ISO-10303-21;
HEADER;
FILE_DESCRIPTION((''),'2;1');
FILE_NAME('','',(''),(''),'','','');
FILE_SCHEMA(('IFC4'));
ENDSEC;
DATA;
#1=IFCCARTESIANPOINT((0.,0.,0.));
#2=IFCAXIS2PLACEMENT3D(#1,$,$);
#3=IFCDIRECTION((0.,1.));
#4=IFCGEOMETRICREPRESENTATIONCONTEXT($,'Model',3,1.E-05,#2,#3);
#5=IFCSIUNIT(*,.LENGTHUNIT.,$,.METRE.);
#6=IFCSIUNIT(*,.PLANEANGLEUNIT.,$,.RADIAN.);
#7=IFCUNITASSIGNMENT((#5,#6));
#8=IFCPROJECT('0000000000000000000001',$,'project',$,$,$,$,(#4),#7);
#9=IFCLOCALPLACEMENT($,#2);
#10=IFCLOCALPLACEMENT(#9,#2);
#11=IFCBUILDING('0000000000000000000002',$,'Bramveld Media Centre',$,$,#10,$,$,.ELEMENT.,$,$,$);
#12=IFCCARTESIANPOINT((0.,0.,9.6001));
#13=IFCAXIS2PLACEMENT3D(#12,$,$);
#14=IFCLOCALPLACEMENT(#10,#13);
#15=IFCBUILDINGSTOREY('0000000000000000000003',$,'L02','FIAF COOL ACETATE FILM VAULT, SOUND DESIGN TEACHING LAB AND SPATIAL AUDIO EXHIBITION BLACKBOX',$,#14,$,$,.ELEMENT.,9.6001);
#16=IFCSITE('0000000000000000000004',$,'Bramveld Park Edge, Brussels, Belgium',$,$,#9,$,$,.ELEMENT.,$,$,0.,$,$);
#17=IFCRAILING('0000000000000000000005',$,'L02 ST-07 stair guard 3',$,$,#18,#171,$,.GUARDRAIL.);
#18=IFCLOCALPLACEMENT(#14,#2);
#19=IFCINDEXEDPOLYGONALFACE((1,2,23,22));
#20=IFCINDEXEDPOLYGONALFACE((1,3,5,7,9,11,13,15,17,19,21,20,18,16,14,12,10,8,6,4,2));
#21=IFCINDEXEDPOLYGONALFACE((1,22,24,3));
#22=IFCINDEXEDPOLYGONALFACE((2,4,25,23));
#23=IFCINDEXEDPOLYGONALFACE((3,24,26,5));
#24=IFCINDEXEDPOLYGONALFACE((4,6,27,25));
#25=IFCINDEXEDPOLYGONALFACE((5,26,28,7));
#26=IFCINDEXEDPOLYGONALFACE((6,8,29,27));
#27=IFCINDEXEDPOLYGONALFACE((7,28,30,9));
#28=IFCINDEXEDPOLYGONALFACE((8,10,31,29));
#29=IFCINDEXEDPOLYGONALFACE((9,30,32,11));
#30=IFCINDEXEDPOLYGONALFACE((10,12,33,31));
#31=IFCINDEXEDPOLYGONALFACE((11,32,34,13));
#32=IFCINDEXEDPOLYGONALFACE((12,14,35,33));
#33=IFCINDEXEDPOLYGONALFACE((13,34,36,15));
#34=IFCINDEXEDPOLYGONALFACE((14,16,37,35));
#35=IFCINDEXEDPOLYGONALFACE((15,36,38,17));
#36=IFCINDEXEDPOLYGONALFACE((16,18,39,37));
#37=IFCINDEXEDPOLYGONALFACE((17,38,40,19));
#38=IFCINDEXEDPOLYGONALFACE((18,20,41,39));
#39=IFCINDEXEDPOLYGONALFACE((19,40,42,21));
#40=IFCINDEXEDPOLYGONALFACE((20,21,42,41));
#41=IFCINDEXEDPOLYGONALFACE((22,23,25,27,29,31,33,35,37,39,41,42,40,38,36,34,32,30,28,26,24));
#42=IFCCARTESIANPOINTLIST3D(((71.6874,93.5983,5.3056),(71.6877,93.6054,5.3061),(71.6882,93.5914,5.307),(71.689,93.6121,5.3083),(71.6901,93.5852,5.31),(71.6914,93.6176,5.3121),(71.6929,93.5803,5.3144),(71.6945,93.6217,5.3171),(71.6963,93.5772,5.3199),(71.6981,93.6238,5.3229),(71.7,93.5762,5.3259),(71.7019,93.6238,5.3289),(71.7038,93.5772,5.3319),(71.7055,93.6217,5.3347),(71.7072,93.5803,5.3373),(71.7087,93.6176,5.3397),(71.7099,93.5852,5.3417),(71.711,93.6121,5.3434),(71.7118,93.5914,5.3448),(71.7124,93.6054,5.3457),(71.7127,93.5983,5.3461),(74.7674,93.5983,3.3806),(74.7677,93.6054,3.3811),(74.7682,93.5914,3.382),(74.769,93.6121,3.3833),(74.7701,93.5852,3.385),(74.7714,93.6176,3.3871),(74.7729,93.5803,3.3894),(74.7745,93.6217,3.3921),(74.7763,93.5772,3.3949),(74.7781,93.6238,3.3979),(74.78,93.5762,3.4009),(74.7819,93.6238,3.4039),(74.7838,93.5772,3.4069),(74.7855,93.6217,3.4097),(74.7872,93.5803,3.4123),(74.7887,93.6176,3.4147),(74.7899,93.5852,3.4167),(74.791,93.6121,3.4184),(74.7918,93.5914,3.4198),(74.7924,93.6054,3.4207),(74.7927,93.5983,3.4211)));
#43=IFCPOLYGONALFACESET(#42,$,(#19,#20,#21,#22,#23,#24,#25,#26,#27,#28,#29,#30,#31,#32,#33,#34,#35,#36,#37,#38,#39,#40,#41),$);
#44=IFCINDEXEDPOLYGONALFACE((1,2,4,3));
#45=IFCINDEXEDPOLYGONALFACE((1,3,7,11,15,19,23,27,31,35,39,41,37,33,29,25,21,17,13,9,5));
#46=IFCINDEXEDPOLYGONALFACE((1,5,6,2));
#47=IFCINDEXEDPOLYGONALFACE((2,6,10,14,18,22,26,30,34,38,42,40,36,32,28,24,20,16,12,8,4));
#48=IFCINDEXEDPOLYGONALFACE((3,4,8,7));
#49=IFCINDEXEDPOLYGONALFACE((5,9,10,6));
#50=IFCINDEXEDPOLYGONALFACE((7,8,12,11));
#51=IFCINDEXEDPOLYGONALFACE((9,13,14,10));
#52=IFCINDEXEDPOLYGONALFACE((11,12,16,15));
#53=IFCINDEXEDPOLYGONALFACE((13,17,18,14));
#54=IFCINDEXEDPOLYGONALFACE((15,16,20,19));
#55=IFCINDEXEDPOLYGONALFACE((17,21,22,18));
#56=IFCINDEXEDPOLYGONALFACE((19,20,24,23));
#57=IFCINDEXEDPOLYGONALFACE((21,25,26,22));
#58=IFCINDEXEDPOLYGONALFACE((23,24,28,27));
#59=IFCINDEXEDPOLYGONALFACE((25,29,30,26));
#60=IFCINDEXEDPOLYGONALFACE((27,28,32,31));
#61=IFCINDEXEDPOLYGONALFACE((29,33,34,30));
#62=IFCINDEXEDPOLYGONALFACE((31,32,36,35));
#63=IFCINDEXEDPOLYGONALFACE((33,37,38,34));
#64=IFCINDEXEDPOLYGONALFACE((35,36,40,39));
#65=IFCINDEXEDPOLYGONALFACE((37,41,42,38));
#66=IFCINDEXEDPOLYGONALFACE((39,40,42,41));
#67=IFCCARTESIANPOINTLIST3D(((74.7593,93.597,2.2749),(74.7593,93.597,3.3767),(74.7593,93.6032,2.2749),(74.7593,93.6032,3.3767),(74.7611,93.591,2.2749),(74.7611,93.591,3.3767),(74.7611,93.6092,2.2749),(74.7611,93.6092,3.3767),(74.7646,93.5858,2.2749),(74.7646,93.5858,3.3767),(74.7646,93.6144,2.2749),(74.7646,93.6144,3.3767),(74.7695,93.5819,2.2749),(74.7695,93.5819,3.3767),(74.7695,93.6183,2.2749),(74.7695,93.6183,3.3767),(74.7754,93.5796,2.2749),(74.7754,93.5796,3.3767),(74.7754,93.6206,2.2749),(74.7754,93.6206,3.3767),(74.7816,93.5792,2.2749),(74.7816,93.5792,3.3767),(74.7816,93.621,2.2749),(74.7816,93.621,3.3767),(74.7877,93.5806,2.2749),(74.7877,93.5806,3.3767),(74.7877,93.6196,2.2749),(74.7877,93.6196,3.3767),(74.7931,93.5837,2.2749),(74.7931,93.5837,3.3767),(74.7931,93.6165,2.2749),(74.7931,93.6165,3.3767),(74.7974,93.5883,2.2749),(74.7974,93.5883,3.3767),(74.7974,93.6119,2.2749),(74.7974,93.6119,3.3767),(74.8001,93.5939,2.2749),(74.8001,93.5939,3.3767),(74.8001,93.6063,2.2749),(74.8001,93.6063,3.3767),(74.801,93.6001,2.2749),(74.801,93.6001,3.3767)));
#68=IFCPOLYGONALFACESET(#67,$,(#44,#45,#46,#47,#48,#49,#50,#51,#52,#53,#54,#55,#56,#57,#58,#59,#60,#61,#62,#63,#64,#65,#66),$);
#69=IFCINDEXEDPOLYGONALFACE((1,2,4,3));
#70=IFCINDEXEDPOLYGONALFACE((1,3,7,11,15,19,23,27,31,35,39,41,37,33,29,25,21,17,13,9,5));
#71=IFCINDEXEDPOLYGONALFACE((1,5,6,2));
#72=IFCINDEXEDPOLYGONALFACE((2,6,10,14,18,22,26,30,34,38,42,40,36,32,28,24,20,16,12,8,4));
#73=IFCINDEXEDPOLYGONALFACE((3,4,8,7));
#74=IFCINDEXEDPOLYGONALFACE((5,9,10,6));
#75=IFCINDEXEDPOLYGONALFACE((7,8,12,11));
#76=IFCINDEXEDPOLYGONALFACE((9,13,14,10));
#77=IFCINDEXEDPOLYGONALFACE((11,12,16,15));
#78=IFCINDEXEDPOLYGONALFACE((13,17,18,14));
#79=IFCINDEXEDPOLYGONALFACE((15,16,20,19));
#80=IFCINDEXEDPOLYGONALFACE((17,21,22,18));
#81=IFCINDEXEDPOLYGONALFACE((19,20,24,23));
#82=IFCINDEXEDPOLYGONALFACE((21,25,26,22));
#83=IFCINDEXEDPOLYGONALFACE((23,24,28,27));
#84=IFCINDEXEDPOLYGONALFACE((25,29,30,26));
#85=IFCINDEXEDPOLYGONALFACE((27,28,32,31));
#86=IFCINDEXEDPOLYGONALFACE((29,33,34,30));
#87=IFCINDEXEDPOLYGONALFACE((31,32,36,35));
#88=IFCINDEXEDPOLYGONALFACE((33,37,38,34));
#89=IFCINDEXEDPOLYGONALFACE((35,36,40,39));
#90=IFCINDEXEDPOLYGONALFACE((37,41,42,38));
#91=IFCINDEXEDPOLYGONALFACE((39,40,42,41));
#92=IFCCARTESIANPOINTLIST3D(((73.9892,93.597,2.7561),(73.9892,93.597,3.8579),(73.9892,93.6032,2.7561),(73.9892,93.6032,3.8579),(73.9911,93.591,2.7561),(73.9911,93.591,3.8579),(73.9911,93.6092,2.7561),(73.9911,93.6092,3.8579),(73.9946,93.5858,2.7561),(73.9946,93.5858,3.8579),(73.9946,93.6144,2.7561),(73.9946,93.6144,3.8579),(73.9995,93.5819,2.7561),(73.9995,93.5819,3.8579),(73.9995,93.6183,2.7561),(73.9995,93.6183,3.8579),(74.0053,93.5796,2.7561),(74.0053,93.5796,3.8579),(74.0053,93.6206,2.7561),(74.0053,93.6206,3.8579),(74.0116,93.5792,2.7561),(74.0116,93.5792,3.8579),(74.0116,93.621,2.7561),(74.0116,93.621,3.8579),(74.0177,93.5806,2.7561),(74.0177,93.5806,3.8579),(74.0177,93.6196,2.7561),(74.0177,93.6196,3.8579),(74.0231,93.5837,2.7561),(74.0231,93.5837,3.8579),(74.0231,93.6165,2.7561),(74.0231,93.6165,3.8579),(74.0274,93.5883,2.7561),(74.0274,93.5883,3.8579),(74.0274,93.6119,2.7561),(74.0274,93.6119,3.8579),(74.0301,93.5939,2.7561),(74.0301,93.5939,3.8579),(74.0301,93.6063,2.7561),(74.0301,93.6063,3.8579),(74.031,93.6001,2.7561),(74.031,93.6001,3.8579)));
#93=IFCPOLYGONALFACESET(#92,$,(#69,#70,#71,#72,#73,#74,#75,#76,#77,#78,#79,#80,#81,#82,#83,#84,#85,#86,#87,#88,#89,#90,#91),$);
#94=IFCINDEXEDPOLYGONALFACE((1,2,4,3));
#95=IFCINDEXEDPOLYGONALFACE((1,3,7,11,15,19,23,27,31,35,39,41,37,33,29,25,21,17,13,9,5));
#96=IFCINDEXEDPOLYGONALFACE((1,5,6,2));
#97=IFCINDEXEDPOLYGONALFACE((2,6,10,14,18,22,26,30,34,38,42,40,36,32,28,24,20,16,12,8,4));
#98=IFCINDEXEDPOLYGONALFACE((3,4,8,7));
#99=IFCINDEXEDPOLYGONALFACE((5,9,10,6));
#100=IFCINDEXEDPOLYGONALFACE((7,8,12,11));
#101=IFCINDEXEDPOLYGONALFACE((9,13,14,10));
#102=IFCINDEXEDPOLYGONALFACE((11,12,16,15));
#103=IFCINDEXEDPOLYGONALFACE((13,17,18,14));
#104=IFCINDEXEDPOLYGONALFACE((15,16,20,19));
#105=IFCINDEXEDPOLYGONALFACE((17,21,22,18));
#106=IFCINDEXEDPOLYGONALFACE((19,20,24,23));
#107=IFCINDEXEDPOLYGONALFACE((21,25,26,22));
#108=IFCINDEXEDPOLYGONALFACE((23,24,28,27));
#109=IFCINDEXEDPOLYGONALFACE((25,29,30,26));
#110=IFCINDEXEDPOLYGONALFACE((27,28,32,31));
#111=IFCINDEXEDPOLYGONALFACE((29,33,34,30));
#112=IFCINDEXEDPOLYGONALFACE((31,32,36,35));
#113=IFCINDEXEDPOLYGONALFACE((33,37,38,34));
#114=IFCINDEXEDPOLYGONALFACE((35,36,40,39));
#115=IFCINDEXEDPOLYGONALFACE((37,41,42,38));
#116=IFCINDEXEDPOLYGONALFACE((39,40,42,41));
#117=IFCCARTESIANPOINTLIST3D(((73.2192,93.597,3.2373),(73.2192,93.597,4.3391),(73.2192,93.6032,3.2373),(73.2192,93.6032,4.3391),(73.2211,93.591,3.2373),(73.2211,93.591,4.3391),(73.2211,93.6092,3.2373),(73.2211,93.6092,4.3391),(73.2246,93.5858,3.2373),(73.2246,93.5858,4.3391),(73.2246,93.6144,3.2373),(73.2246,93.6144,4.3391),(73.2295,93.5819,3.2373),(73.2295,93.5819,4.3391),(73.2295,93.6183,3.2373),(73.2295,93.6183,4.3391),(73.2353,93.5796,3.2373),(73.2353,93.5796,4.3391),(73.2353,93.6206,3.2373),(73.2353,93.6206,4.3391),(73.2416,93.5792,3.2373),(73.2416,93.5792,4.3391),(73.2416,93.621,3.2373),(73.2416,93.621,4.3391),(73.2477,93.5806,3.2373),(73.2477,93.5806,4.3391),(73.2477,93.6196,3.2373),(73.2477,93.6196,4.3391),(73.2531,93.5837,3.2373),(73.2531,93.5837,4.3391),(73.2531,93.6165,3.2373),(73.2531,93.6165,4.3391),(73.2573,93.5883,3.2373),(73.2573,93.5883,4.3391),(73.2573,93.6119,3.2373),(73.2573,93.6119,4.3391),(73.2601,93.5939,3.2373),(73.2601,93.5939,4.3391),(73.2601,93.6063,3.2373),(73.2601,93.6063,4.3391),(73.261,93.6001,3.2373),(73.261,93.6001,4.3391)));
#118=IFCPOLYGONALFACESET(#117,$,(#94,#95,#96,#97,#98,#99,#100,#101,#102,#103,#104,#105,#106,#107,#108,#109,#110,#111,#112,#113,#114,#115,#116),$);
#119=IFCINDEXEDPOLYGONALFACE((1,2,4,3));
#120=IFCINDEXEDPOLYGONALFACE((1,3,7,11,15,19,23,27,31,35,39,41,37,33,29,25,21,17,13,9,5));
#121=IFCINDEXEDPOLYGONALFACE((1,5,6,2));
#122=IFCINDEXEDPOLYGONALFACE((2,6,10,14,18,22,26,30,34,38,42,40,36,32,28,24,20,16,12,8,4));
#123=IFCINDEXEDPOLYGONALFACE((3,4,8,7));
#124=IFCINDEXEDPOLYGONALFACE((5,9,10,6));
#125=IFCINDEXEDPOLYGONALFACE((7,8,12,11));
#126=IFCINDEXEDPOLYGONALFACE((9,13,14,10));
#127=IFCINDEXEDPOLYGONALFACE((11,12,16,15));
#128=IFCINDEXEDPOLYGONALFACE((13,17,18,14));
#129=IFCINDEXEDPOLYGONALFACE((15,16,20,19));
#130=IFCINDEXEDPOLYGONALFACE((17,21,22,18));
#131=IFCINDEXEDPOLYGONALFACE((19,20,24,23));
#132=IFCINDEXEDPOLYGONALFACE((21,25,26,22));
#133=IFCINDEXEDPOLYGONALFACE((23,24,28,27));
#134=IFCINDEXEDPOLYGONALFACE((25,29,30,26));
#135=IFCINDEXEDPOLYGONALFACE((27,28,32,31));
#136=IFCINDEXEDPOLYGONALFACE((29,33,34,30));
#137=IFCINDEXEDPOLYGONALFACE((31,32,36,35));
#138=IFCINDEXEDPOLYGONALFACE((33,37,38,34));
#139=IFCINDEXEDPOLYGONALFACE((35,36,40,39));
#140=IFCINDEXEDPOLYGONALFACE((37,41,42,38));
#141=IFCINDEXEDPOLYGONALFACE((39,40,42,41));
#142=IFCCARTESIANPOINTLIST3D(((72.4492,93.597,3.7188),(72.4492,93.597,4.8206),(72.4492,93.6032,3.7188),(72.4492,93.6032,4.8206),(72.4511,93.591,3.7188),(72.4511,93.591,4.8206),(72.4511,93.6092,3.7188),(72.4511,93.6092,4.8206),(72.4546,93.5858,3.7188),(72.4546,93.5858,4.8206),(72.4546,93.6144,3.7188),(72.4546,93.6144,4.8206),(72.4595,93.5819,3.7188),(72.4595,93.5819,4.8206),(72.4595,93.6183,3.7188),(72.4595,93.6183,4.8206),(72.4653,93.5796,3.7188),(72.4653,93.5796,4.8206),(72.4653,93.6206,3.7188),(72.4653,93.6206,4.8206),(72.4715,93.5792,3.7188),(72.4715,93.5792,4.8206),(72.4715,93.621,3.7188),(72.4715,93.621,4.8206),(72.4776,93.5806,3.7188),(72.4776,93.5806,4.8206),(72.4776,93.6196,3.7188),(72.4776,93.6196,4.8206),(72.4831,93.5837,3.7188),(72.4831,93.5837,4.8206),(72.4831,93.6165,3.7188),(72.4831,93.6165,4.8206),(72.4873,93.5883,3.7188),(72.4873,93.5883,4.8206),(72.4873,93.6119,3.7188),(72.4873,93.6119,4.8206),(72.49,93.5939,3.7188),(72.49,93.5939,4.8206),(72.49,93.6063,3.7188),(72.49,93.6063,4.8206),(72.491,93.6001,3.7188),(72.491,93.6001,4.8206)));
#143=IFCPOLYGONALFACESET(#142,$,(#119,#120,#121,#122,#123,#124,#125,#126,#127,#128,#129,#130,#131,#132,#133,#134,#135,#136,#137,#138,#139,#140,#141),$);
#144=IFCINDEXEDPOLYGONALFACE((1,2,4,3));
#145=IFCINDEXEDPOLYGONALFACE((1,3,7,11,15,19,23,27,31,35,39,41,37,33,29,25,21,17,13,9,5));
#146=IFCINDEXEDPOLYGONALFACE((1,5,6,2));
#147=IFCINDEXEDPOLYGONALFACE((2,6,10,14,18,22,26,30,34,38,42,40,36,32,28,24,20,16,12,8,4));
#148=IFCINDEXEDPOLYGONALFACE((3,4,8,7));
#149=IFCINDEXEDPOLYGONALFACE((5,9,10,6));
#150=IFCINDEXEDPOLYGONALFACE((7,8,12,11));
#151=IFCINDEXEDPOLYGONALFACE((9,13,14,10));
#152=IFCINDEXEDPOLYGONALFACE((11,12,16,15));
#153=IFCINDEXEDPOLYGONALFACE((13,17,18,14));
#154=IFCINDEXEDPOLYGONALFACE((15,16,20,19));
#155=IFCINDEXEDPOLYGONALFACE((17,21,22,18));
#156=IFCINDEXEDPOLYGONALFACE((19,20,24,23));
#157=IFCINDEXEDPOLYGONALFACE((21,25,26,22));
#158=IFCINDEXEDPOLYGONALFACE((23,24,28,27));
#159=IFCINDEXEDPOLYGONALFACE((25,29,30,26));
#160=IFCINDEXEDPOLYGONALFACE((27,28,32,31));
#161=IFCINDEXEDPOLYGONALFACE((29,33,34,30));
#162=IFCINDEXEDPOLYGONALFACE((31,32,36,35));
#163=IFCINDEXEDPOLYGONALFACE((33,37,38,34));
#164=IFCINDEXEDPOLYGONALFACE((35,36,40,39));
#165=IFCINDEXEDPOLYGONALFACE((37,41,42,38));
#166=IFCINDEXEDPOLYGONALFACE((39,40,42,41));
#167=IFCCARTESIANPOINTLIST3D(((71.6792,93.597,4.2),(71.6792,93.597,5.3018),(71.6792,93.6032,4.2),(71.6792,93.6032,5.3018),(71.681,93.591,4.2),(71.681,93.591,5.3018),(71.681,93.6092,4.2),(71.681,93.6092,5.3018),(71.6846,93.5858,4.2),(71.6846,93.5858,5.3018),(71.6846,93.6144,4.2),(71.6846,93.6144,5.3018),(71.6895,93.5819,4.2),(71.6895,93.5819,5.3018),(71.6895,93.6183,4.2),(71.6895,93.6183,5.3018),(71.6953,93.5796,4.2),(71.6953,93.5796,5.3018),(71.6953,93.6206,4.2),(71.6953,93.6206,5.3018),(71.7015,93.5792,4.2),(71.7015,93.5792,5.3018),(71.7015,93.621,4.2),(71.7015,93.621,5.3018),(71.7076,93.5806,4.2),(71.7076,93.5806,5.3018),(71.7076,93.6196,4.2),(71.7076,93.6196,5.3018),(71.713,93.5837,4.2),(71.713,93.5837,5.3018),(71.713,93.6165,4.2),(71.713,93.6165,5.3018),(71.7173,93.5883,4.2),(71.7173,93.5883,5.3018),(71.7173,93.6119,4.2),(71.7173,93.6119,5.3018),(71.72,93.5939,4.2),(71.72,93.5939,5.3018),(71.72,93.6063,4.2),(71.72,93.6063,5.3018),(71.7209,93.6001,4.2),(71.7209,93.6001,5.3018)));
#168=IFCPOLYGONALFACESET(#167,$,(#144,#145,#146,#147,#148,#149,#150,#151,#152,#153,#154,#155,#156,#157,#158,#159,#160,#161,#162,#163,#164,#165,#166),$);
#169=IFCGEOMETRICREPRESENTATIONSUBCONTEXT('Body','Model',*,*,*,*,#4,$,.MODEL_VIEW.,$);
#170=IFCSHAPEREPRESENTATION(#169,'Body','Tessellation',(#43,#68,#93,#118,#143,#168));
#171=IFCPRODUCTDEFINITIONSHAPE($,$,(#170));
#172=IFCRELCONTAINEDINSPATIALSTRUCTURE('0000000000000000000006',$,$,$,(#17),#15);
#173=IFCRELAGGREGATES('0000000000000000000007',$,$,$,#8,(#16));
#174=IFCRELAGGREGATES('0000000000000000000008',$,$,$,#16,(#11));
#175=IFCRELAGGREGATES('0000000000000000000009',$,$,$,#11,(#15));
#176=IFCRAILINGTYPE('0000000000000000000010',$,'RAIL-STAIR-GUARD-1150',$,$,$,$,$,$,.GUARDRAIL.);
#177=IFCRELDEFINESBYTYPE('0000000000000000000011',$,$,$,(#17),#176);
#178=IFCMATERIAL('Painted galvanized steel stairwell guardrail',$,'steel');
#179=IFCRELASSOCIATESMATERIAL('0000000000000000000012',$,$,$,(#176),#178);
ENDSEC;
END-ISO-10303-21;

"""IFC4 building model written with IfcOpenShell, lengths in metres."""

from ifc_helpers import new_model, si_unit, direction, frame, origin, origin_2d, place, context, subcontext, project, spatial, circle, extrude, material, type_object, element, save


model = new_model("IFC4")

# Units and contexts
model_context = context("Model", 3, precision=1e-05, world=origin(), true_north=direction((0.0, 1.0)))
body_context = subcontext(model_context, "Body", "Model", "MODEL_VIEW")
ifc_project = project(units=[si_unit("LENGTHUNIT", "METRE"), si_unit("PLANEANGLEUNIT", "RADIAN")], contexts=[model_context])

# Site, building, storey
site_placement = place(None, origin())
site = spatial("IfcSite", under=ifc_project, at=site_placement, Name="Bramveld Park Edge, Brussels, Belgium", CompositionType="ELEMENT", RefElevation=0.0)
building_placement = place(site_placement, origin())
building = spatial("IfcBuilding", under=site, at=building_placement, Name="Bramveld Media Centre", CompositionType="ELEMENT")
storey_placement = place(building_placement, frame((0.0, 0.0, 9.6001)))
storey = spatial("IfcBuildingStorey", under=building, at=storey_placement, Name="L02", Description="FIAF COOL ACETATE FILM VAULT, SOUND DESIGN TEACHING LAB AND SPATIAL AUDIO EXHIBITION BLACKBOX", CompositionType="ELEMENT", Elevation=9.6001)

# Railing
ifc_material_1 = material(Name="Painted galvanized steel stairwell guardrail", Category="steel")
railing_type_1 = type_object("IfcRailingType", Name="RAIL-STAIR-GUARD-1150", PredefinedType="GUARDRAIL", material=ifc_material_1)
railing_1_placement = place(storey_placement, frame((74.78, 93.6001, 2.2749)))
element("IfcRailing", 1, at=railing_1_placement, inside=storey, type_object=railing_type_1, Name="L02 ST-07 stair guard 3", PredefinedType="GUARDRAIL", context=body_context, shape_type="SweptSolid", body=[
    extrude(circle(Radius=0.0239, at=origin_2d()), frame((0.0, 0.0, 1.126), z_axis=(-0.847998, 0.0, 0.529999), x_axis=(0.0, -1.0, 0.0)), (0.0, 0.0, 1.0), 3.6321),
    extrude(circle(Radius=0.021, at=origin_2d()), origin(), (0.0, 0.0, 1.0), 1.1018),
    extrude(circle(Radius=0.021, at=origin_2d()), frame((-0.77, 0.0, 0.4812)), (0.0, 0.0, 1.0), 1.1018),
    extrude(circle(Radius=0.021, at=origin_2d()), frame((-1.54, 0.0, 0.9624)), (0.0, 0.0, 1.0), 1.1018),
    extrude(circle(Radius=0.021, at=origin_2d()), frame((-2.3101, 0.0, 1.4438)), (0.0, 0.0, 1.0), 1.1018),
    extrude(circle(Radius=0.021, at=origin_2d()), frame((-3.0801, 0.0, 1.925)), (0.0, 0.0, 1.0), 1.1018),
])

save(model, "model.ifc")
